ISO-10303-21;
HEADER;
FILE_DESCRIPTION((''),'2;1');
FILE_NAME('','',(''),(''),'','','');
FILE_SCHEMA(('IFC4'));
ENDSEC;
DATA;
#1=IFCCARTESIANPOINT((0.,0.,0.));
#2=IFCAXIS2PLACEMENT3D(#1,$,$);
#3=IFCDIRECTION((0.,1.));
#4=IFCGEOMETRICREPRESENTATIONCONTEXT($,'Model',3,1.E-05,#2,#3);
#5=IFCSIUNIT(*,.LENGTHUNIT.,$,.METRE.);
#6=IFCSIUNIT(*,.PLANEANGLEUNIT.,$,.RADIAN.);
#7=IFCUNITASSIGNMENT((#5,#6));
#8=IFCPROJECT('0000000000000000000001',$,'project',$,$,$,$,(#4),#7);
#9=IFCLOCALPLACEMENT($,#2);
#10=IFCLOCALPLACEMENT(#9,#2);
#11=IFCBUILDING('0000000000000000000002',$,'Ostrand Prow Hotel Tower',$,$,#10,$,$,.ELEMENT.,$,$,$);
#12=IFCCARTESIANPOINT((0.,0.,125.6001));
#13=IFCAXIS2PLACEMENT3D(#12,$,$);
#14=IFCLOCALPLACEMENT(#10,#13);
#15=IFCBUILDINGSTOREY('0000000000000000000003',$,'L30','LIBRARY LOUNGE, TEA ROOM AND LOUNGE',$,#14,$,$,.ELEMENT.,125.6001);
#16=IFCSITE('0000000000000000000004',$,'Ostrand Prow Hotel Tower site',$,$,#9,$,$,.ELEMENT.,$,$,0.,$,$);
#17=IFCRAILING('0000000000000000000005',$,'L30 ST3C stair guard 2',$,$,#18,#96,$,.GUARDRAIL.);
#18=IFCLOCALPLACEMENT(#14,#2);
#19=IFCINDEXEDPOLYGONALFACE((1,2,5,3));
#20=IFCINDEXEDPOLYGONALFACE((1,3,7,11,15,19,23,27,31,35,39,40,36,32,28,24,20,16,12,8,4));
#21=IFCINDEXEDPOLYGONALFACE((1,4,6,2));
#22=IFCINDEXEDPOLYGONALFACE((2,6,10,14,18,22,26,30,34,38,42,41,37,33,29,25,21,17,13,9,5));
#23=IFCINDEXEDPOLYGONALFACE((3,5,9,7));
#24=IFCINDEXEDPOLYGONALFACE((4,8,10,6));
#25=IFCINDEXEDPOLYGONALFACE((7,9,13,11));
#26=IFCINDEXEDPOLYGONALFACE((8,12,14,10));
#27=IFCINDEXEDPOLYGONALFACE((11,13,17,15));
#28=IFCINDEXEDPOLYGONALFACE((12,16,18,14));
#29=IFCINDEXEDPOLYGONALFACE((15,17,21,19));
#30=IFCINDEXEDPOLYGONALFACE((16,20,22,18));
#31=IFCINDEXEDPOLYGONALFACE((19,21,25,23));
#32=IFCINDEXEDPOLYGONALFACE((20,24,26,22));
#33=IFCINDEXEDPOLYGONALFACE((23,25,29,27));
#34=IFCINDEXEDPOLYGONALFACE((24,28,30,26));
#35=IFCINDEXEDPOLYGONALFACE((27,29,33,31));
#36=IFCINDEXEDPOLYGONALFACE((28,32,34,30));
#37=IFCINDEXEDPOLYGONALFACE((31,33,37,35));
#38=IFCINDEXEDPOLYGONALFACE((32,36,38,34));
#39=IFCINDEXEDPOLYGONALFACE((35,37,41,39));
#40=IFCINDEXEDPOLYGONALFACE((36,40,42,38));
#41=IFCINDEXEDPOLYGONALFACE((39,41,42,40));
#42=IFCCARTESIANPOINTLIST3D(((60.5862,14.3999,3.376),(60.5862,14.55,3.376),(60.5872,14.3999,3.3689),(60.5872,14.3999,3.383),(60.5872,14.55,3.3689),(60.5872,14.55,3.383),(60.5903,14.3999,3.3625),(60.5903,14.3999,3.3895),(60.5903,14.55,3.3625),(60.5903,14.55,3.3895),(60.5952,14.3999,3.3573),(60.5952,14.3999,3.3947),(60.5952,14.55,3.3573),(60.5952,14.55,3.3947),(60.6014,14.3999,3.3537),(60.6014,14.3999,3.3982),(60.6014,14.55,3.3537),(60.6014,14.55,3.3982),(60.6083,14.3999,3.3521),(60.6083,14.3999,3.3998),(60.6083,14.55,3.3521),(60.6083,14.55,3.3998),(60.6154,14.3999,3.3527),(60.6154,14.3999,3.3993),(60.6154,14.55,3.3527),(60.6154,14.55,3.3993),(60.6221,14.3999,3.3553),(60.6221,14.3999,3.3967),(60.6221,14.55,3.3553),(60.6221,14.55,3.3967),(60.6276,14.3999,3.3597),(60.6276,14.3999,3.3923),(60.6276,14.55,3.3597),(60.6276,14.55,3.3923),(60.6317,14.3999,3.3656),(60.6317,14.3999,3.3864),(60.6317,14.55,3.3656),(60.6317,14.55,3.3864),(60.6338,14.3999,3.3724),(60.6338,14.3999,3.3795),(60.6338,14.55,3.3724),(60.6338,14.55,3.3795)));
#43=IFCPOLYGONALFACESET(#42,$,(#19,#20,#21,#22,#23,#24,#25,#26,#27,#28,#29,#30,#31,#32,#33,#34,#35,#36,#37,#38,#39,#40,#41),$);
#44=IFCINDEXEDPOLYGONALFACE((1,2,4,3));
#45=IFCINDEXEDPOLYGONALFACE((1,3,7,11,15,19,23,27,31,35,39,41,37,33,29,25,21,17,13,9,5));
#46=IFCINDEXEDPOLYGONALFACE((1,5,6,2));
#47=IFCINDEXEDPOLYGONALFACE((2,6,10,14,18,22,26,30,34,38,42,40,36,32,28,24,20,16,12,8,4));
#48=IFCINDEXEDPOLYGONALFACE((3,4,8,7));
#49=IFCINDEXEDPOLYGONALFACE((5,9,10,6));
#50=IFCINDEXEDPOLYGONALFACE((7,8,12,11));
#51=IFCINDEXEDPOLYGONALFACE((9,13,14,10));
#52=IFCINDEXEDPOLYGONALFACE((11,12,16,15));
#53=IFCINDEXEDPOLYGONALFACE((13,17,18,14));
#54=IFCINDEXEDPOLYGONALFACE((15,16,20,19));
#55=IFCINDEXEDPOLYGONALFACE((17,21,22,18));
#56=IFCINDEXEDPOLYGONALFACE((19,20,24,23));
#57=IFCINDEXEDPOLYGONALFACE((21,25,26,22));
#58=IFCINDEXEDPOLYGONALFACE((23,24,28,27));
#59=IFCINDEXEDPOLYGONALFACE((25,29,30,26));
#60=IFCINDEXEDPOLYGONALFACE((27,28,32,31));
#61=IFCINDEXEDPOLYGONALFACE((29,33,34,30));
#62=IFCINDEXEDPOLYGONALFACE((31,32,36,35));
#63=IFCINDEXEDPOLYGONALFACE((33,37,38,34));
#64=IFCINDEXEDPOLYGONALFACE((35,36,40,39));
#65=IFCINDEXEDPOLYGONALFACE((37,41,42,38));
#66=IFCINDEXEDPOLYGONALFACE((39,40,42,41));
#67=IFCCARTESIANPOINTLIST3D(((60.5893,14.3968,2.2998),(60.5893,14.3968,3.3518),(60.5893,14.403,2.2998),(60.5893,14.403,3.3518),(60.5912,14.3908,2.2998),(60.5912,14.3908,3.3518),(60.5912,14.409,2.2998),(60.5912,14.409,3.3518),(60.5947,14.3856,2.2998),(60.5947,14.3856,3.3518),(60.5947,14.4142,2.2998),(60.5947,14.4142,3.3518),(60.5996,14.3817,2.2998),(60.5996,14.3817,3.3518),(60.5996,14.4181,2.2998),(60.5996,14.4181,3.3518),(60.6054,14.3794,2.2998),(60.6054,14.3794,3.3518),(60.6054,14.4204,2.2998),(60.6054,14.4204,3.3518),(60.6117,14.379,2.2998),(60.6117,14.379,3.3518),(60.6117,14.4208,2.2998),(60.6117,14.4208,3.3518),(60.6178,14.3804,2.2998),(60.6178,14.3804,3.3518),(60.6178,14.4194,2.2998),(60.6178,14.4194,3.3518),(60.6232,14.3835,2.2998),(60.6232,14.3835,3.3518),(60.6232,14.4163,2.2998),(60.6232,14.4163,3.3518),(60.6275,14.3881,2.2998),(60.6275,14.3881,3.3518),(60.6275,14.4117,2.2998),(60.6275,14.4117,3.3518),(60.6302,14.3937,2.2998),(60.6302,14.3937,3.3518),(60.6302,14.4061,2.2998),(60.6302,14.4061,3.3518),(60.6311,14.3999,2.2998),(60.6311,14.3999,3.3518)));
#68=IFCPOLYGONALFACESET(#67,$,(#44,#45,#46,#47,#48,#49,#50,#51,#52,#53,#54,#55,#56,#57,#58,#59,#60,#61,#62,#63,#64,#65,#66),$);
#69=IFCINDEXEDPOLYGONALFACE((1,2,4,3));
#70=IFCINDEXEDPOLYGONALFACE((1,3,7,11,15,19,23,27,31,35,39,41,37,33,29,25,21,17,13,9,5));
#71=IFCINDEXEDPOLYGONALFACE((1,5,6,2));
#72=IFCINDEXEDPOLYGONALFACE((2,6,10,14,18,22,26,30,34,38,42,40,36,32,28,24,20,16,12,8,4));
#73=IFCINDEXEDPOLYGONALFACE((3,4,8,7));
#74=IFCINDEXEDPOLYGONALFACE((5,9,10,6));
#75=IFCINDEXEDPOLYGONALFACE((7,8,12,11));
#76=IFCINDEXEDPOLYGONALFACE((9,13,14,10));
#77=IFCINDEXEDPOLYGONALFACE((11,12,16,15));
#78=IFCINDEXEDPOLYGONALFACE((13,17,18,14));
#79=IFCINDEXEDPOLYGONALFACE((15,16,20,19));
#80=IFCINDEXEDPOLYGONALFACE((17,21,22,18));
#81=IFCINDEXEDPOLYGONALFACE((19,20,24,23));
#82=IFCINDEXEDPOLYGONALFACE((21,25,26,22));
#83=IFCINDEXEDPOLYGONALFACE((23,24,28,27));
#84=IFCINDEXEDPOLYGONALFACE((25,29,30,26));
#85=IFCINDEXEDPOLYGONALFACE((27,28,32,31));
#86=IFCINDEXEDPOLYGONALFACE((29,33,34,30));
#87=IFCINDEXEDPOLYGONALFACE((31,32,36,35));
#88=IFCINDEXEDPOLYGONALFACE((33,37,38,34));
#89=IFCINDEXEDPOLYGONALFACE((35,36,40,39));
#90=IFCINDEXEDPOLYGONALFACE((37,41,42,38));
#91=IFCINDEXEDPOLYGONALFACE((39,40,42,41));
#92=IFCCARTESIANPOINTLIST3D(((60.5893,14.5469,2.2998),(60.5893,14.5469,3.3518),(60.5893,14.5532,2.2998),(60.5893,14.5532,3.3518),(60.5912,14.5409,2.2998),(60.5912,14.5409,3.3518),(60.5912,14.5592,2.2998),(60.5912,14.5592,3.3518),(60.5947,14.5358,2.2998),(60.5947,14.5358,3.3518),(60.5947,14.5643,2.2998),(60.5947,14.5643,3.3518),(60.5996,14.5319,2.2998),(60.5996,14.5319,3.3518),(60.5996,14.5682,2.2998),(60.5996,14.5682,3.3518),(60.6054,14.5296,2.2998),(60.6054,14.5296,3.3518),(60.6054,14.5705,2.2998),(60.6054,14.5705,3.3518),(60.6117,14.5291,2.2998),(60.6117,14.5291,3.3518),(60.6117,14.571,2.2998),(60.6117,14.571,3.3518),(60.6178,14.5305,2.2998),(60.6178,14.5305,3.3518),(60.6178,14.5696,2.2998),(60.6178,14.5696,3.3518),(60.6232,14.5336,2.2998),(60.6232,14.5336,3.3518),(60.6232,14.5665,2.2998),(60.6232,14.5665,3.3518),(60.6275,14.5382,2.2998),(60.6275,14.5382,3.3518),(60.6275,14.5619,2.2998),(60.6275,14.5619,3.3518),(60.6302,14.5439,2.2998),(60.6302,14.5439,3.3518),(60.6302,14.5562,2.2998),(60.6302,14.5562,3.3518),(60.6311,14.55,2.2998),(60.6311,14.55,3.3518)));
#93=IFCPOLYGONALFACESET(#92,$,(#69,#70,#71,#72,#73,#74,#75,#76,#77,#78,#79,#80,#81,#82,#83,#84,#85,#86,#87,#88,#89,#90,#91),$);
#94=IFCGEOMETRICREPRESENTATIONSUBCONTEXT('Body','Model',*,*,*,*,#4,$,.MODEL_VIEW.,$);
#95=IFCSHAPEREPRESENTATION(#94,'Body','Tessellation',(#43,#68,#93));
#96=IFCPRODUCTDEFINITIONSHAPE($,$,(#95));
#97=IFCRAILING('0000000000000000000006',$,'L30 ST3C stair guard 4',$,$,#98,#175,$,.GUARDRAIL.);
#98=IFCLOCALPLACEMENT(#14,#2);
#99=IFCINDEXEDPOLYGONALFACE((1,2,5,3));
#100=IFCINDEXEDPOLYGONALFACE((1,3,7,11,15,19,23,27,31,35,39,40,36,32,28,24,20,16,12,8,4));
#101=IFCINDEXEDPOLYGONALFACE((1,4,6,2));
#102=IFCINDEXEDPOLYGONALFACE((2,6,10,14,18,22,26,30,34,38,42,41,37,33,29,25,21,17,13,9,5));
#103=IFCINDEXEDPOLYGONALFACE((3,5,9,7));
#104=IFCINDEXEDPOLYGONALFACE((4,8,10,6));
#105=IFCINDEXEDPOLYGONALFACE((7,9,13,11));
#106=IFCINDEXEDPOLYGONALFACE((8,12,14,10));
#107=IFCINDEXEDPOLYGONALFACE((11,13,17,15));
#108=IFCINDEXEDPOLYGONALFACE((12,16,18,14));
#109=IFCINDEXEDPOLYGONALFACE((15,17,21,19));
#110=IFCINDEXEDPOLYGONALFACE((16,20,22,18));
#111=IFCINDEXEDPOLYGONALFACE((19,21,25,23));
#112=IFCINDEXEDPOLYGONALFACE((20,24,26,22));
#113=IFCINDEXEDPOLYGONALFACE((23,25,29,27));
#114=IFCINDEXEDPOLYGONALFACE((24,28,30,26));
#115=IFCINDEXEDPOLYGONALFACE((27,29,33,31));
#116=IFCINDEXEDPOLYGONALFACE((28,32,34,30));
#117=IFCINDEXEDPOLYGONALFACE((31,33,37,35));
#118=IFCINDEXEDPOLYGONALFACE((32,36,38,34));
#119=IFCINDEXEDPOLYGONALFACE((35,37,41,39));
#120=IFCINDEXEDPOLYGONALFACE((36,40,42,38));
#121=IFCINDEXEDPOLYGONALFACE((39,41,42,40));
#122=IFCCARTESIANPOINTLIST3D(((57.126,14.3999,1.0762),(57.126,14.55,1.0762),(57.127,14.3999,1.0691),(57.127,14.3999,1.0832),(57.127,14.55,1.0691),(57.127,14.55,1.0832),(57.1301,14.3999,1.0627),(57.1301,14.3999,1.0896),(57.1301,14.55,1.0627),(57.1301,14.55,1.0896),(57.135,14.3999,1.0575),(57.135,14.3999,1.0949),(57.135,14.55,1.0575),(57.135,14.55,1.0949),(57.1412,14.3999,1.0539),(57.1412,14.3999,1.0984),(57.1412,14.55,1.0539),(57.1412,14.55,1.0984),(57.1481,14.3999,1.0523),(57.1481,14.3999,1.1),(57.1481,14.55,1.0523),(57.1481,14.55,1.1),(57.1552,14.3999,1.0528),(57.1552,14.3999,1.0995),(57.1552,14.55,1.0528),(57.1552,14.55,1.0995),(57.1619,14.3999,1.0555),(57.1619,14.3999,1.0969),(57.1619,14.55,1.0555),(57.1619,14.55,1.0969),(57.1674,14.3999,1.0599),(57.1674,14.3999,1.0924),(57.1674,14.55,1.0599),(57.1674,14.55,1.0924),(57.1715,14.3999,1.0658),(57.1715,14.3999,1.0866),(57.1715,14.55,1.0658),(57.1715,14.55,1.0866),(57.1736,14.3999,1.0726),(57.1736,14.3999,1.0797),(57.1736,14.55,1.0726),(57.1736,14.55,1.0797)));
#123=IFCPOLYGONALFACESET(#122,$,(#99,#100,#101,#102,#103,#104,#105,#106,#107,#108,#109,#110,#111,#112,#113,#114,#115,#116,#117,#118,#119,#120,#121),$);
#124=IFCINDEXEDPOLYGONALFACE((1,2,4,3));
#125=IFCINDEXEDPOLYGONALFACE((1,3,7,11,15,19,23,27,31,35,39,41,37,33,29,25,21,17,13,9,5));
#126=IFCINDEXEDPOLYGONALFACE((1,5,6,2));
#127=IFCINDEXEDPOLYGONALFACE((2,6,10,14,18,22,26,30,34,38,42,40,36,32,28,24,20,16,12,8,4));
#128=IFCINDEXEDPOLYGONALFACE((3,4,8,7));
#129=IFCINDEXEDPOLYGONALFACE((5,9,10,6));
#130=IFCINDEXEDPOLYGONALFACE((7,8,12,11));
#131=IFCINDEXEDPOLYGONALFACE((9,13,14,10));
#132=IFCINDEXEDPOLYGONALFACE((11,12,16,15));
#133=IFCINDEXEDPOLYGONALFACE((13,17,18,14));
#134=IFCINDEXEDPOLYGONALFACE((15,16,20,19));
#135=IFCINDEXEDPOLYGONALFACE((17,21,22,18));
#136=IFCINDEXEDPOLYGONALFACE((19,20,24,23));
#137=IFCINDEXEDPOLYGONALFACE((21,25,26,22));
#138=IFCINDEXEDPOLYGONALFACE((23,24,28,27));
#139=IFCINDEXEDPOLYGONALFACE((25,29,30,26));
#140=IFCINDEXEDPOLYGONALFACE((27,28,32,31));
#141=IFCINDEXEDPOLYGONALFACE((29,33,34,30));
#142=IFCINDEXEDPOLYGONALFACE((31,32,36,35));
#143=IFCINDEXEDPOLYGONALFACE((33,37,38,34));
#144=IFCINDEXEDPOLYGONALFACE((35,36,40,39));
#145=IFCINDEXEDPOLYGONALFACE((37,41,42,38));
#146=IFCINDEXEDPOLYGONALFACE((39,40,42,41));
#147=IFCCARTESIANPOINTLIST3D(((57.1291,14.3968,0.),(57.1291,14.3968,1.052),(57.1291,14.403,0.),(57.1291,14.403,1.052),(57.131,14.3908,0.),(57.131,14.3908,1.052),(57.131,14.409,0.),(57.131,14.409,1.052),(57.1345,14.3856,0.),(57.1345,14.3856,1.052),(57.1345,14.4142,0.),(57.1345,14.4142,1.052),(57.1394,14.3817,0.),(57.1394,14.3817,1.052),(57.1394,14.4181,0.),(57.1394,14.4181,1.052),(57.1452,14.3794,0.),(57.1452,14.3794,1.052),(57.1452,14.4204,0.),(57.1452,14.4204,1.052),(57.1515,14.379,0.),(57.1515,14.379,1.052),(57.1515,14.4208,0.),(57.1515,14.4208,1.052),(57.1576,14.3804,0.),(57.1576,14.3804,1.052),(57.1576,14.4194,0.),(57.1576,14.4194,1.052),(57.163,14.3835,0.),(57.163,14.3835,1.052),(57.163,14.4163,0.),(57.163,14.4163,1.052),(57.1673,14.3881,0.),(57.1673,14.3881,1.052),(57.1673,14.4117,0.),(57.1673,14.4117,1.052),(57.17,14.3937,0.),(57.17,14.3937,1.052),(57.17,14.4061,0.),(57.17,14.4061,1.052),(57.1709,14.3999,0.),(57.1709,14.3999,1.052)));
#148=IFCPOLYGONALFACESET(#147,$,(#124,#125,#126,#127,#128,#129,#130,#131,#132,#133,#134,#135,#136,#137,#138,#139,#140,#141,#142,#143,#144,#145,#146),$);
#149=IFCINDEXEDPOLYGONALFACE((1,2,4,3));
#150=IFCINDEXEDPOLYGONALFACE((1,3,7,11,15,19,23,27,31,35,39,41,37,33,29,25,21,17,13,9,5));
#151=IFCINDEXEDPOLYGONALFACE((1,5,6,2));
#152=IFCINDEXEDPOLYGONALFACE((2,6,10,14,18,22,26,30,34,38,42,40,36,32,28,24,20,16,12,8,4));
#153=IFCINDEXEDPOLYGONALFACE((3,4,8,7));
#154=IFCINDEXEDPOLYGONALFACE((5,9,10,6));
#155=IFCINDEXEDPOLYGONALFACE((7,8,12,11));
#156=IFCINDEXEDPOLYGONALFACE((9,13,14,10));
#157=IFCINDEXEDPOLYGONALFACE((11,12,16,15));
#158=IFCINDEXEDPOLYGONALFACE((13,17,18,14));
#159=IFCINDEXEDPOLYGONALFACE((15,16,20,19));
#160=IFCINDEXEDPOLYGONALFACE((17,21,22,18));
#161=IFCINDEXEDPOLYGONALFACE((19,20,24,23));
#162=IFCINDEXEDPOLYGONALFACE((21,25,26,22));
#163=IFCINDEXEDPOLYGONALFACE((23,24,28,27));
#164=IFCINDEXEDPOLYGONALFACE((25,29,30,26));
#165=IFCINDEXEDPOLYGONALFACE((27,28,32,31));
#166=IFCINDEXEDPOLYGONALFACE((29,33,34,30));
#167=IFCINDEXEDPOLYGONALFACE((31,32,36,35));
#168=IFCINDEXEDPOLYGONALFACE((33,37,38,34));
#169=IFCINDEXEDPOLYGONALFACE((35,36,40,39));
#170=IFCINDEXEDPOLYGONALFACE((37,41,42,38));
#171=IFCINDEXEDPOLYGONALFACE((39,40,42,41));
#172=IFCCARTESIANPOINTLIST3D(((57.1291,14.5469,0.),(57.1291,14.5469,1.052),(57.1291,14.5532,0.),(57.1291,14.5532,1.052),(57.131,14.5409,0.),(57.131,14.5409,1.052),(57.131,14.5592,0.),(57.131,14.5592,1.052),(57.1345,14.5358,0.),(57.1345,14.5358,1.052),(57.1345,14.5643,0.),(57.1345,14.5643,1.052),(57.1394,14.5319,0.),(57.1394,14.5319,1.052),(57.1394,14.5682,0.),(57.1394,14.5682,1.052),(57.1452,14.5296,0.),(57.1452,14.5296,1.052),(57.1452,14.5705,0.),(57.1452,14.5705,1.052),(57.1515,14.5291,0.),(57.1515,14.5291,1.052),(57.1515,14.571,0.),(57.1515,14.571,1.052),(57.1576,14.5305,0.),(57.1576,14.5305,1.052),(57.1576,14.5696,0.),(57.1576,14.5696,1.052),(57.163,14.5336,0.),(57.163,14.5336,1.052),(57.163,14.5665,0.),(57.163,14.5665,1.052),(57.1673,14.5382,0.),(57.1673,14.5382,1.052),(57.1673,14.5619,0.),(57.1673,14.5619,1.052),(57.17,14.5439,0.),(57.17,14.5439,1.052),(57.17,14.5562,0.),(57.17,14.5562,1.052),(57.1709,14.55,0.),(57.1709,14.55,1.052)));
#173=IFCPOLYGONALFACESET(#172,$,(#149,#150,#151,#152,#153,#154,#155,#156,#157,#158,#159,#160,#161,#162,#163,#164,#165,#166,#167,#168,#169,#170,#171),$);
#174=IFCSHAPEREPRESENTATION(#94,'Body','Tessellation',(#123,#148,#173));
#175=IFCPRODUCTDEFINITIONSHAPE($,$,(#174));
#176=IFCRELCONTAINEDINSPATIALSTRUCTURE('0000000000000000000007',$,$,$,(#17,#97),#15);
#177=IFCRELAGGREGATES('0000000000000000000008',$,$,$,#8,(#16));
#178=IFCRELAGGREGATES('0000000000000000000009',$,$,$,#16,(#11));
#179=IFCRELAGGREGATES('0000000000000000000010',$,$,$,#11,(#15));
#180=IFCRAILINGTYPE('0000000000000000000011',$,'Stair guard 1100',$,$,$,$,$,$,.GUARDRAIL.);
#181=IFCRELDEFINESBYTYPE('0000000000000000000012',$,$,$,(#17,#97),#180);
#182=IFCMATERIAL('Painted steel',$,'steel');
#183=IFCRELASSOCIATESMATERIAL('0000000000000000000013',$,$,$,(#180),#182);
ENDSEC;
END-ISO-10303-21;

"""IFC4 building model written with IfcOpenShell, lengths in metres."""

from ifc_helpers import new_model, si_unit, direction, frame, origin, origin_2d, place, context, subcontext, project, spatial, circle, extrude, material, type_object, element, save


model = new_model("IFC4")

# Units and contexts
model_context = context("Model", 3, precision=1e-05, world=origin(), true_north=direction((0.0, 1.0)))
body_context = subcontext(model_context, "Body", "Model", "MODEL_VIEW")
ifc_project = project(units=[si_unit("LENGTHUNIT", "METRE"), si_unit("PLANEANGLEUNIT", "RADIAN")], contexts=[model_context])

# Site, building, storey
site_placement = place(None, origin())
site = spatial("IfcSite", under=ifc_project, at=site_placement, Name="Ostrand Prow Hotel Tower site", CompositionType="ELEMENT", RefElevation=0.0)
building_placement = place(site_placement, origin())
building = spatial("IfcBuilding", under=site, at=building_placement, Name="Ostrand Prow Hotel Tower", CompositionType="ELEMENT")
storey_placement = place(building_placement, frame((0.0, 0.0, 125.6001)))
storey = spatial("IfcBuildingStorey", under=building, at=storey_placement, Name="L30", Description="LIBRARY LOUNGE, TEA ROOM AND LOUNGE", CompositionType="ELEMENT", Elevation=125.6001)

# Railings
ifc_material_1 = material(Name="Painted steel", Category="steel")
railing_type_1 = type_object("IfcRailingType", Name="Stair guard 1100", PredefinedType="GUARDRAIL", material=ifc_material_1)
for number, where, name in (
    (1, (60.6101, 14.3999, 2.2998), "L30 ST3C stair guard 2"),
    (2, (57.1499, 14.3999, 0.0), "L30 ST3C stair guard 4"),
):
    element("IfcRailing", number, at=place(storey_placement, frame(where)), inside=storey, type_object=railing_type_1, Name=name, PredefinedType="GUARDRAIL", context=body_context, shape_type="SweptSolid", body=[
        extrude(circle(Radius=0.0239, at=origin_2d()), frame((0.0, 0.0, 1.0762), z_axis=(0.0, 1.0, 0.0), x_axis=(-1.0, 0.0, 0.0)), (0.0, 0.0, 1.0), 0.1501),
        extrude(circle(Radius=0.021, at=origin_2d()), origin(), (0.0, 0.0, 1.0), 1.052),
        extrude(circle(Radius=0.021, at=origin_2d()), frame((0.0, 0.1501, 0.0)), (0.0, 0.0, 1.0), 1.052),
    ])

save(model, "model.ifc")
